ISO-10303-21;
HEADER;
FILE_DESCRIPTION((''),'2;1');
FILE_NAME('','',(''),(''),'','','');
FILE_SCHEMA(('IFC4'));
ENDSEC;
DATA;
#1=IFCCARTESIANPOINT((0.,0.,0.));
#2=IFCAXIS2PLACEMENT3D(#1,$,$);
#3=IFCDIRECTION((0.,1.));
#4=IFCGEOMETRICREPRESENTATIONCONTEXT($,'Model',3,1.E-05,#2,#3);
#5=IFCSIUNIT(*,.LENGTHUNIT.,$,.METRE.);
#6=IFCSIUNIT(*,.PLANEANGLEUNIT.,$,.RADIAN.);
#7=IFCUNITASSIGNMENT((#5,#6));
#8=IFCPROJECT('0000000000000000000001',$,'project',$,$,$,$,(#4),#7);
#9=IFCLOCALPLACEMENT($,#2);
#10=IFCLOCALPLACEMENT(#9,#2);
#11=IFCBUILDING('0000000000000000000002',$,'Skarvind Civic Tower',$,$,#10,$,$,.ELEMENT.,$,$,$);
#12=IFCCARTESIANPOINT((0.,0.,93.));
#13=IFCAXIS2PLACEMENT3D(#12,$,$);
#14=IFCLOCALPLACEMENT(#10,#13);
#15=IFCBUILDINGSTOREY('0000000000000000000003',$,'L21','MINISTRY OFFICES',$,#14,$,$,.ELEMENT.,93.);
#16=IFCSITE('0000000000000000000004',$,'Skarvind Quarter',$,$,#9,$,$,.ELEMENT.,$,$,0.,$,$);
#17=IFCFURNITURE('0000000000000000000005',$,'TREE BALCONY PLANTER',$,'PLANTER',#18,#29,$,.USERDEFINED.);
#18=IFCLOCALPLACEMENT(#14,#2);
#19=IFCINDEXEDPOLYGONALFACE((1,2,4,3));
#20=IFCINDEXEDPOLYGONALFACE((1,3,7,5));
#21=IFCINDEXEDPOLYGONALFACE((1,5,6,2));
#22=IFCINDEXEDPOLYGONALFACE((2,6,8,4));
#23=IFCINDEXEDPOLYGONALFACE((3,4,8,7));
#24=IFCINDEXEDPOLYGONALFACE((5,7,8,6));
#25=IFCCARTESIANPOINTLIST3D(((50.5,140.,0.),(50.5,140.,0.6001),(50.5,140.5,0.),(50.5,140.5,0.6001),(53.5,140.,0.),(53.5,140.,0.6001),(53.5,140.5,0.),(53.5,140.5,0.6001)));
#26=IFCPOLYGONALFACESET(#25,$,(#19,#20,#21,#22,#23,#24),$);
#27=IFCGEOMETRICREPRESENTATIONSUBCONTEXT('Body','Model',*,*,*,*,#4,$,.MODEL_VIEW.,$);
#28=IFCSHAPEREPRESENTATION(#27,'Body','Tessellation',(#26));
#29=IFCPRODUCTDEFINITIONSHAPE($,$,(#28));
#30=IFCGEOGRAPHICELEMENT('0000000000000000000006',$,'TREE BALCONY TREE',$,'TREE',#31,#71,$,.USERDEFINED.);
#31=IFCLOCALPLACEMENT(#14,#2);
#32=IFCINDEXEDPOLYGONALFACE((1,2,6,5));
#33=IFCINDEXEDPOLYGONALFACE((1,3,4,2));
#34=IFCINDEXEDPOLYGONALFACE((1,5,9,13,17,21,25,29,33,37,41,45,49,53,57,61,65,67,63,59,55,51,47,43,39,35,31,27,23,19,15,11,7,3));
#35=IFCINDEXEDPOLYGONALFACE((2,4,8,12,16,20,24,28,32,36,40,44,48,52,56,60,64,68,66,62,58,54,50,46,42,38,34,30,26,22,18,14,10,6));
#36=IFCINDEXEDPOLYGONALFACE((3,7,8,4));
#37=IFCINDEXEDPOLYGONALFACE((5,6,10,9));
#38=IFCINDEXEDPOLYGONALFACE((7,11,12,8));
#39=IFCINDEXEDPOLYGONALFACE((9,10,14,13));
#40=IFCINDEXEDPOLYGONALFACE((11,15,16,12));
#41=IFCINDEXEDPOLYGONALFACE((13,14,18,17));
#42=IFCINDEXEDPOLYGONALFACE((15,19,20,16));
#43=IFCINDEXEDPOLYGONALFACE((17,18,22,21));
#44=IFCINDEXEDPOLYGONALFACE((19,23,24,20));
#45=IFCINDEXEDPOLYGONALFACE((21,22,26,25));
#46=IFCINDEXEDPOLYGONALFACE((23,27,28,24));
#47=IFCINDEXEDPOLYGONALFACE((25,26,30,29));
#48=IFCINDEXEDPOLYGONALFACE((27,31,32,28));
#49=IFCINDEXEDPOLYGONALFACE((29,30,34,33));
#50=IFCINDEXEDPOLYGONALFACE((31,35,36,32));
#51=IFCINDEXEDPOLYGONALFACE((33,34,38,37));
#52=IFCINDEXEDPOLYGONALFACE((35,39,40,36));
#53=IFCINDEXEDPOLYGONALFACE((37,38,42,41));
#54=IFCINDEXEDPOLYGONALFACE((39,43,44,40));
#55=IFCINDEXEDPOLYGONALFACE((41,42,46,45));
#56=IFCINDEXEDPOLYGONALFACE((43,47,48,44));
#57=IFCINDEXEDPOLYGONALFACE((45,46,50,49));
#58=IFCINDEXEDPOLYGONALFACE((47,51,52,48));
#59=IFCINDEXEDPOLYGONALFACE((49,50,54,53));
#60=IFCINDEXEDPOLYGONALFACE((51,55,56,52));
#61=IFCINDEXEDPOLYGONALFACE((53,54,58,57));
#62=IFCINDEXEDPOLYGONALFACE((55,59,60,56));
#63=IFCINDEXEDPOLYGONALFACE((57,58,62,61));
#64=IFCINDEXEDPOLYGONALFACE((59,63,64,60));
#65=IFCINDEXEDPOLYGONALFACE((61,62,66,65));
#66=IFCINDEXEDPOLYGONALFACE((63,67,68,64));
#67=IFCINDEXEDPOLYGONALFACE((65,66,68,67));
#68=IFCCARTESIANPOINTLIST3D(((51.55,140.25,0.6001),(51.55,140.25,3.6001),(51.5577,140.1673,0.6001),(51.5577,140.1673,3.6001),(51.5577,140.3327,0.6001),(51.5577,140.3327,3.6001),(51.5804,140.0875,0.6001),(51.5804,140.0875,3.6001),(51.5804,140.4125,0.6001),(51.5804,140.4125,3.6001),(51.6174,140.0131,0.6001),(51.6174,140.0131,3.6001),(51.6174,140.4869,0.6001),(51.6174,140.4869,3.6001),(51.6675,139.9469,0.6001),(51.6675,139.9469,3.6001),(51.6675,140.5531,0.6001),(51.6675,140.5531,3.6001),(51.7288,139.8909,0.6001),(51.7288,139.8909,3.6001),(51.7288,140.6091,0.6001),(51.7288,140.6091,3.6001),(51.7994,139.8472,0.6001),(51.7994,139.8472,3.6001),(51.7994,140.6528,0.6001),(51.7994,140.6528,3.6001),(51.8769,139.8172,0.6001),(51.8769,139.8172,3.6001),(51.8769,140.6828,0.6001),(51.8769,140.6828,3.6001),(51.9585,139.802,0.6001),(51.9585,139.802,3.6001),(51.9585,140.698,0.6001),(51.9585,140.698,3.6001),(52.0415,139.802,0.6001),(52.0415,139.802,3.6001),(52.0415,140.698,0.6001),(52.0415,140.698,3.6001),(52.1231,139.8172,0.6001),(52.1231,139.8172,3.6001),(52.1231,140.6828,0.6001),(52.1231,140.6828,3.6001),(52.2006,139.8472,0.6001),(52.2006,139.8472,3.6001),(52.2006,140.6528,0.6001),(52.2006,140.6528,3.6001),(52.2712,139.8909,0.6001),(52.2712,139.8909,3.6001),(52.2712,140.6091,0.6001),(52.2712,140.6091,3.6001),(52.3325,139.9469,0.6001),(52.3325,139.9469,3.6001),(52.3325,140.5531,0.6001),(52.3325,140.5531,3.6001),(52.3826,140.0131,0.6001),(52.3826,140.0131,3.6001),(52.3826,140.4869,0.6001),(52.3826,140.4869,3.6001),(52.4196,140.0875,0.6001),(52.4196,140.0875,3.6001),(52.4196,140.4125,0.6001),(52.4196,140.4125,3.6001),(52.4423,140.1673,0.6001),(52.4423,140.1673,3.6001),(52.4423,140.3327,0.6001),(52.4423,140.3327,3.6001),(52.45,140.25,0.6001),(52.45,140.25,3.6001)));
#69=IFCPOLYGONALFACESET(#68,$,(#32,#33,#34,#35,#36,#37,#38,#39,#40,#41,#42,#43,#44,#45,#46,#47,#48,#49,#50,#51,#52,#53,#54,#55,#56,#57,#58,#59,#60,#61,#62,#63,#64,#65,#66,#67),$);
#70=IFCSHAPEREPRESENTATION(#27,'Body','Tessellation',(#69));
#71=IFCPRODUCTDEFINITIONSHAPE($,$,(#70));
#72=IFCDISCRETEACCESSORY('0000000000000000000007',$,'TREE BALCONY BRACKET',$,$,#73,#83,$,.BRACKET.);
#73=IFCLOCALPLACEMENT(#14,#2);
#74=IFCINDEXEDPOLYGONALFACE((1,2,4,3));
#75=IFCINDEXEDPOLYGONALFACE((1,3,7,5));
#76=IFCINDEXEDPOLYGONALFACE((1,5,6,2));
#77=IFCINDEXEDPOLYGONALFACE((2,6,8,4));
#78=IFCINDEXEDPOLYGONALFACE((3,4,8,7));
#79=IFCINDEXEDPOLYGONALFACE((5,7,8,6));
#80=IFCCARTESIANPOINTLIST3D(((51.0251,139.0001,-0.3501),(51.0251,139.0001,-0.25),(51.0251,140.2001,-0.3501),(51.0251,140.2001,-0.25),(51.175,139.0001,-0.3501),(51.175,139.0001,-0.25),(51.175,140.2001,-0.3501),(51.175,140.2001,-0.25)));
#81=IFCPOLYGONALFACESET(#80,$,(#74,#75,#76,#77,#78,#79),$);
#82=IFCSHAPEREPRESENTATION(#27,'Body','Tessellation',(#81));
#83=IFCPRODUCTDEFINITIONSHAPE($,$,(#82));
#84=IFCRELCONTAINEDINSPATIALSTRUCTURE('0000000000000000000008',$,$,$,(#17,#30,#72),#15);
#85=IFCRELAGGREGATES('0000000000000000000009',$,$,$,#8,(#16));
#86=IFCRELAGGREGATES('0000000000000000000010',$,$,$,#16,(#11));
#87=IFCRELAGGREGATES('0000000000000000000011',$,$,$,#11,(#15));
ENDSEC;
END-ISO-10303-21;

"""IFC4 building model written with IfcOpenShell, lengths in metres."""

from ifc_helpers import new_model, si_unit, direction, frame, origin, origin_2d, place, context, subcontext, project, spatial, rectangle, circle, extrude, element, save


model = new_model("IFC4")

# Units and contexts
model_context = context("Model", 3, precision=1e-05, world=origin(), true_north=direction((0.0, 1.0)))
body_context = subcontext(model_context, "Body", "Model", "MODEL_VIEW")
ifc_project = project(units=[si_unit("LENGTHUNIT", "METRE"), si_unit("PLANEANGLEUNIT", "RADIAN")], contexts=[model_context])

# Site, building, storey
site_placement = place(None, origin())
site = spatial("IfcSite", under=ifc_project, at=site_placement, Name="Skarvind Quarter", CompositionType="ELEMENT", RefElevation=0.0)
building_placement = place(site_placement, origin())
building = spatial("IfcBuilding", under=site, at=building_placement, Name="Skarvind Civic Tower", CompositionType="ELEMENT")
storey_placement = place(building_placement, frame((0.0, 0.0, 93.0)))
storey = spatial("IfcBuildingStorey", under=building, at=storey_placement, Name="L21", Description="MINISTRY OFFICES", CompositionType="ELEMENT", Elevation=93.0)

# Furniture
furniture_placement = place(storey_placement, frame((52.0, 140.25, 0.0), z_axis=(0.0, 0.0, 1.0), x_axis=(1.0, 0.0, 0.0)))
element("IfcFurniture", 1, at=furniture_placement, inside=storey, Name="TREE BALCONY PLANTER", ObjectType="PLANTER", PredefinedType="USERDEFINED", context=body_context, shape_type="SweptSolid", body=[
    extrude(rectangle(XDim=3.0, YDim=0.5, at=origin_2d()), origin(), (0.0, 0.0, 1.0), 0.6001),
])

# Geographic element
geographic_element_placement = place(storey_placement, frame((52.0, 140.25, 0.6001), z_axis=(0.0, 0.0, 1.0), x_axis=(1.0, 0.0, 0.0)))
element("IfcGeographicElement", 2, at=geographic_element_placement, inside=storey, Name="TREE BALCONY TREE", ObjectType="TREE", PredefinedType="USERDEFINED", context=body_context, shape_type="SweptSolid", body=[
    extrude(circle(Radius=0.45, at=origin_2d()), origin(), (0.0, 0.0, 1.0), 3.0),
])

# Discrete accessory
discrete_accessory_placement = place(storey_placement, frame((51.1001, 139.6001, -0.3501), z_axis=(0.0, 0.0, 1.0), x_axis=(1.0, 0.0, 0.0)))
element("IfcDiscreteAccessory", 3, at=discrete_accessory_placement, inside=storey, Name="TREE BALCONY BRACKET", PredefinedType="BRACKET", context=body_context, shape_type="SweptSolid", body=[
    extrude(rectangle(XDim=0.1499, YDim=1.2, at=origin_2d()), origin(), (0.0, 0.0, 1.0), 0.1001),
])

save(model, "model.ifc")
